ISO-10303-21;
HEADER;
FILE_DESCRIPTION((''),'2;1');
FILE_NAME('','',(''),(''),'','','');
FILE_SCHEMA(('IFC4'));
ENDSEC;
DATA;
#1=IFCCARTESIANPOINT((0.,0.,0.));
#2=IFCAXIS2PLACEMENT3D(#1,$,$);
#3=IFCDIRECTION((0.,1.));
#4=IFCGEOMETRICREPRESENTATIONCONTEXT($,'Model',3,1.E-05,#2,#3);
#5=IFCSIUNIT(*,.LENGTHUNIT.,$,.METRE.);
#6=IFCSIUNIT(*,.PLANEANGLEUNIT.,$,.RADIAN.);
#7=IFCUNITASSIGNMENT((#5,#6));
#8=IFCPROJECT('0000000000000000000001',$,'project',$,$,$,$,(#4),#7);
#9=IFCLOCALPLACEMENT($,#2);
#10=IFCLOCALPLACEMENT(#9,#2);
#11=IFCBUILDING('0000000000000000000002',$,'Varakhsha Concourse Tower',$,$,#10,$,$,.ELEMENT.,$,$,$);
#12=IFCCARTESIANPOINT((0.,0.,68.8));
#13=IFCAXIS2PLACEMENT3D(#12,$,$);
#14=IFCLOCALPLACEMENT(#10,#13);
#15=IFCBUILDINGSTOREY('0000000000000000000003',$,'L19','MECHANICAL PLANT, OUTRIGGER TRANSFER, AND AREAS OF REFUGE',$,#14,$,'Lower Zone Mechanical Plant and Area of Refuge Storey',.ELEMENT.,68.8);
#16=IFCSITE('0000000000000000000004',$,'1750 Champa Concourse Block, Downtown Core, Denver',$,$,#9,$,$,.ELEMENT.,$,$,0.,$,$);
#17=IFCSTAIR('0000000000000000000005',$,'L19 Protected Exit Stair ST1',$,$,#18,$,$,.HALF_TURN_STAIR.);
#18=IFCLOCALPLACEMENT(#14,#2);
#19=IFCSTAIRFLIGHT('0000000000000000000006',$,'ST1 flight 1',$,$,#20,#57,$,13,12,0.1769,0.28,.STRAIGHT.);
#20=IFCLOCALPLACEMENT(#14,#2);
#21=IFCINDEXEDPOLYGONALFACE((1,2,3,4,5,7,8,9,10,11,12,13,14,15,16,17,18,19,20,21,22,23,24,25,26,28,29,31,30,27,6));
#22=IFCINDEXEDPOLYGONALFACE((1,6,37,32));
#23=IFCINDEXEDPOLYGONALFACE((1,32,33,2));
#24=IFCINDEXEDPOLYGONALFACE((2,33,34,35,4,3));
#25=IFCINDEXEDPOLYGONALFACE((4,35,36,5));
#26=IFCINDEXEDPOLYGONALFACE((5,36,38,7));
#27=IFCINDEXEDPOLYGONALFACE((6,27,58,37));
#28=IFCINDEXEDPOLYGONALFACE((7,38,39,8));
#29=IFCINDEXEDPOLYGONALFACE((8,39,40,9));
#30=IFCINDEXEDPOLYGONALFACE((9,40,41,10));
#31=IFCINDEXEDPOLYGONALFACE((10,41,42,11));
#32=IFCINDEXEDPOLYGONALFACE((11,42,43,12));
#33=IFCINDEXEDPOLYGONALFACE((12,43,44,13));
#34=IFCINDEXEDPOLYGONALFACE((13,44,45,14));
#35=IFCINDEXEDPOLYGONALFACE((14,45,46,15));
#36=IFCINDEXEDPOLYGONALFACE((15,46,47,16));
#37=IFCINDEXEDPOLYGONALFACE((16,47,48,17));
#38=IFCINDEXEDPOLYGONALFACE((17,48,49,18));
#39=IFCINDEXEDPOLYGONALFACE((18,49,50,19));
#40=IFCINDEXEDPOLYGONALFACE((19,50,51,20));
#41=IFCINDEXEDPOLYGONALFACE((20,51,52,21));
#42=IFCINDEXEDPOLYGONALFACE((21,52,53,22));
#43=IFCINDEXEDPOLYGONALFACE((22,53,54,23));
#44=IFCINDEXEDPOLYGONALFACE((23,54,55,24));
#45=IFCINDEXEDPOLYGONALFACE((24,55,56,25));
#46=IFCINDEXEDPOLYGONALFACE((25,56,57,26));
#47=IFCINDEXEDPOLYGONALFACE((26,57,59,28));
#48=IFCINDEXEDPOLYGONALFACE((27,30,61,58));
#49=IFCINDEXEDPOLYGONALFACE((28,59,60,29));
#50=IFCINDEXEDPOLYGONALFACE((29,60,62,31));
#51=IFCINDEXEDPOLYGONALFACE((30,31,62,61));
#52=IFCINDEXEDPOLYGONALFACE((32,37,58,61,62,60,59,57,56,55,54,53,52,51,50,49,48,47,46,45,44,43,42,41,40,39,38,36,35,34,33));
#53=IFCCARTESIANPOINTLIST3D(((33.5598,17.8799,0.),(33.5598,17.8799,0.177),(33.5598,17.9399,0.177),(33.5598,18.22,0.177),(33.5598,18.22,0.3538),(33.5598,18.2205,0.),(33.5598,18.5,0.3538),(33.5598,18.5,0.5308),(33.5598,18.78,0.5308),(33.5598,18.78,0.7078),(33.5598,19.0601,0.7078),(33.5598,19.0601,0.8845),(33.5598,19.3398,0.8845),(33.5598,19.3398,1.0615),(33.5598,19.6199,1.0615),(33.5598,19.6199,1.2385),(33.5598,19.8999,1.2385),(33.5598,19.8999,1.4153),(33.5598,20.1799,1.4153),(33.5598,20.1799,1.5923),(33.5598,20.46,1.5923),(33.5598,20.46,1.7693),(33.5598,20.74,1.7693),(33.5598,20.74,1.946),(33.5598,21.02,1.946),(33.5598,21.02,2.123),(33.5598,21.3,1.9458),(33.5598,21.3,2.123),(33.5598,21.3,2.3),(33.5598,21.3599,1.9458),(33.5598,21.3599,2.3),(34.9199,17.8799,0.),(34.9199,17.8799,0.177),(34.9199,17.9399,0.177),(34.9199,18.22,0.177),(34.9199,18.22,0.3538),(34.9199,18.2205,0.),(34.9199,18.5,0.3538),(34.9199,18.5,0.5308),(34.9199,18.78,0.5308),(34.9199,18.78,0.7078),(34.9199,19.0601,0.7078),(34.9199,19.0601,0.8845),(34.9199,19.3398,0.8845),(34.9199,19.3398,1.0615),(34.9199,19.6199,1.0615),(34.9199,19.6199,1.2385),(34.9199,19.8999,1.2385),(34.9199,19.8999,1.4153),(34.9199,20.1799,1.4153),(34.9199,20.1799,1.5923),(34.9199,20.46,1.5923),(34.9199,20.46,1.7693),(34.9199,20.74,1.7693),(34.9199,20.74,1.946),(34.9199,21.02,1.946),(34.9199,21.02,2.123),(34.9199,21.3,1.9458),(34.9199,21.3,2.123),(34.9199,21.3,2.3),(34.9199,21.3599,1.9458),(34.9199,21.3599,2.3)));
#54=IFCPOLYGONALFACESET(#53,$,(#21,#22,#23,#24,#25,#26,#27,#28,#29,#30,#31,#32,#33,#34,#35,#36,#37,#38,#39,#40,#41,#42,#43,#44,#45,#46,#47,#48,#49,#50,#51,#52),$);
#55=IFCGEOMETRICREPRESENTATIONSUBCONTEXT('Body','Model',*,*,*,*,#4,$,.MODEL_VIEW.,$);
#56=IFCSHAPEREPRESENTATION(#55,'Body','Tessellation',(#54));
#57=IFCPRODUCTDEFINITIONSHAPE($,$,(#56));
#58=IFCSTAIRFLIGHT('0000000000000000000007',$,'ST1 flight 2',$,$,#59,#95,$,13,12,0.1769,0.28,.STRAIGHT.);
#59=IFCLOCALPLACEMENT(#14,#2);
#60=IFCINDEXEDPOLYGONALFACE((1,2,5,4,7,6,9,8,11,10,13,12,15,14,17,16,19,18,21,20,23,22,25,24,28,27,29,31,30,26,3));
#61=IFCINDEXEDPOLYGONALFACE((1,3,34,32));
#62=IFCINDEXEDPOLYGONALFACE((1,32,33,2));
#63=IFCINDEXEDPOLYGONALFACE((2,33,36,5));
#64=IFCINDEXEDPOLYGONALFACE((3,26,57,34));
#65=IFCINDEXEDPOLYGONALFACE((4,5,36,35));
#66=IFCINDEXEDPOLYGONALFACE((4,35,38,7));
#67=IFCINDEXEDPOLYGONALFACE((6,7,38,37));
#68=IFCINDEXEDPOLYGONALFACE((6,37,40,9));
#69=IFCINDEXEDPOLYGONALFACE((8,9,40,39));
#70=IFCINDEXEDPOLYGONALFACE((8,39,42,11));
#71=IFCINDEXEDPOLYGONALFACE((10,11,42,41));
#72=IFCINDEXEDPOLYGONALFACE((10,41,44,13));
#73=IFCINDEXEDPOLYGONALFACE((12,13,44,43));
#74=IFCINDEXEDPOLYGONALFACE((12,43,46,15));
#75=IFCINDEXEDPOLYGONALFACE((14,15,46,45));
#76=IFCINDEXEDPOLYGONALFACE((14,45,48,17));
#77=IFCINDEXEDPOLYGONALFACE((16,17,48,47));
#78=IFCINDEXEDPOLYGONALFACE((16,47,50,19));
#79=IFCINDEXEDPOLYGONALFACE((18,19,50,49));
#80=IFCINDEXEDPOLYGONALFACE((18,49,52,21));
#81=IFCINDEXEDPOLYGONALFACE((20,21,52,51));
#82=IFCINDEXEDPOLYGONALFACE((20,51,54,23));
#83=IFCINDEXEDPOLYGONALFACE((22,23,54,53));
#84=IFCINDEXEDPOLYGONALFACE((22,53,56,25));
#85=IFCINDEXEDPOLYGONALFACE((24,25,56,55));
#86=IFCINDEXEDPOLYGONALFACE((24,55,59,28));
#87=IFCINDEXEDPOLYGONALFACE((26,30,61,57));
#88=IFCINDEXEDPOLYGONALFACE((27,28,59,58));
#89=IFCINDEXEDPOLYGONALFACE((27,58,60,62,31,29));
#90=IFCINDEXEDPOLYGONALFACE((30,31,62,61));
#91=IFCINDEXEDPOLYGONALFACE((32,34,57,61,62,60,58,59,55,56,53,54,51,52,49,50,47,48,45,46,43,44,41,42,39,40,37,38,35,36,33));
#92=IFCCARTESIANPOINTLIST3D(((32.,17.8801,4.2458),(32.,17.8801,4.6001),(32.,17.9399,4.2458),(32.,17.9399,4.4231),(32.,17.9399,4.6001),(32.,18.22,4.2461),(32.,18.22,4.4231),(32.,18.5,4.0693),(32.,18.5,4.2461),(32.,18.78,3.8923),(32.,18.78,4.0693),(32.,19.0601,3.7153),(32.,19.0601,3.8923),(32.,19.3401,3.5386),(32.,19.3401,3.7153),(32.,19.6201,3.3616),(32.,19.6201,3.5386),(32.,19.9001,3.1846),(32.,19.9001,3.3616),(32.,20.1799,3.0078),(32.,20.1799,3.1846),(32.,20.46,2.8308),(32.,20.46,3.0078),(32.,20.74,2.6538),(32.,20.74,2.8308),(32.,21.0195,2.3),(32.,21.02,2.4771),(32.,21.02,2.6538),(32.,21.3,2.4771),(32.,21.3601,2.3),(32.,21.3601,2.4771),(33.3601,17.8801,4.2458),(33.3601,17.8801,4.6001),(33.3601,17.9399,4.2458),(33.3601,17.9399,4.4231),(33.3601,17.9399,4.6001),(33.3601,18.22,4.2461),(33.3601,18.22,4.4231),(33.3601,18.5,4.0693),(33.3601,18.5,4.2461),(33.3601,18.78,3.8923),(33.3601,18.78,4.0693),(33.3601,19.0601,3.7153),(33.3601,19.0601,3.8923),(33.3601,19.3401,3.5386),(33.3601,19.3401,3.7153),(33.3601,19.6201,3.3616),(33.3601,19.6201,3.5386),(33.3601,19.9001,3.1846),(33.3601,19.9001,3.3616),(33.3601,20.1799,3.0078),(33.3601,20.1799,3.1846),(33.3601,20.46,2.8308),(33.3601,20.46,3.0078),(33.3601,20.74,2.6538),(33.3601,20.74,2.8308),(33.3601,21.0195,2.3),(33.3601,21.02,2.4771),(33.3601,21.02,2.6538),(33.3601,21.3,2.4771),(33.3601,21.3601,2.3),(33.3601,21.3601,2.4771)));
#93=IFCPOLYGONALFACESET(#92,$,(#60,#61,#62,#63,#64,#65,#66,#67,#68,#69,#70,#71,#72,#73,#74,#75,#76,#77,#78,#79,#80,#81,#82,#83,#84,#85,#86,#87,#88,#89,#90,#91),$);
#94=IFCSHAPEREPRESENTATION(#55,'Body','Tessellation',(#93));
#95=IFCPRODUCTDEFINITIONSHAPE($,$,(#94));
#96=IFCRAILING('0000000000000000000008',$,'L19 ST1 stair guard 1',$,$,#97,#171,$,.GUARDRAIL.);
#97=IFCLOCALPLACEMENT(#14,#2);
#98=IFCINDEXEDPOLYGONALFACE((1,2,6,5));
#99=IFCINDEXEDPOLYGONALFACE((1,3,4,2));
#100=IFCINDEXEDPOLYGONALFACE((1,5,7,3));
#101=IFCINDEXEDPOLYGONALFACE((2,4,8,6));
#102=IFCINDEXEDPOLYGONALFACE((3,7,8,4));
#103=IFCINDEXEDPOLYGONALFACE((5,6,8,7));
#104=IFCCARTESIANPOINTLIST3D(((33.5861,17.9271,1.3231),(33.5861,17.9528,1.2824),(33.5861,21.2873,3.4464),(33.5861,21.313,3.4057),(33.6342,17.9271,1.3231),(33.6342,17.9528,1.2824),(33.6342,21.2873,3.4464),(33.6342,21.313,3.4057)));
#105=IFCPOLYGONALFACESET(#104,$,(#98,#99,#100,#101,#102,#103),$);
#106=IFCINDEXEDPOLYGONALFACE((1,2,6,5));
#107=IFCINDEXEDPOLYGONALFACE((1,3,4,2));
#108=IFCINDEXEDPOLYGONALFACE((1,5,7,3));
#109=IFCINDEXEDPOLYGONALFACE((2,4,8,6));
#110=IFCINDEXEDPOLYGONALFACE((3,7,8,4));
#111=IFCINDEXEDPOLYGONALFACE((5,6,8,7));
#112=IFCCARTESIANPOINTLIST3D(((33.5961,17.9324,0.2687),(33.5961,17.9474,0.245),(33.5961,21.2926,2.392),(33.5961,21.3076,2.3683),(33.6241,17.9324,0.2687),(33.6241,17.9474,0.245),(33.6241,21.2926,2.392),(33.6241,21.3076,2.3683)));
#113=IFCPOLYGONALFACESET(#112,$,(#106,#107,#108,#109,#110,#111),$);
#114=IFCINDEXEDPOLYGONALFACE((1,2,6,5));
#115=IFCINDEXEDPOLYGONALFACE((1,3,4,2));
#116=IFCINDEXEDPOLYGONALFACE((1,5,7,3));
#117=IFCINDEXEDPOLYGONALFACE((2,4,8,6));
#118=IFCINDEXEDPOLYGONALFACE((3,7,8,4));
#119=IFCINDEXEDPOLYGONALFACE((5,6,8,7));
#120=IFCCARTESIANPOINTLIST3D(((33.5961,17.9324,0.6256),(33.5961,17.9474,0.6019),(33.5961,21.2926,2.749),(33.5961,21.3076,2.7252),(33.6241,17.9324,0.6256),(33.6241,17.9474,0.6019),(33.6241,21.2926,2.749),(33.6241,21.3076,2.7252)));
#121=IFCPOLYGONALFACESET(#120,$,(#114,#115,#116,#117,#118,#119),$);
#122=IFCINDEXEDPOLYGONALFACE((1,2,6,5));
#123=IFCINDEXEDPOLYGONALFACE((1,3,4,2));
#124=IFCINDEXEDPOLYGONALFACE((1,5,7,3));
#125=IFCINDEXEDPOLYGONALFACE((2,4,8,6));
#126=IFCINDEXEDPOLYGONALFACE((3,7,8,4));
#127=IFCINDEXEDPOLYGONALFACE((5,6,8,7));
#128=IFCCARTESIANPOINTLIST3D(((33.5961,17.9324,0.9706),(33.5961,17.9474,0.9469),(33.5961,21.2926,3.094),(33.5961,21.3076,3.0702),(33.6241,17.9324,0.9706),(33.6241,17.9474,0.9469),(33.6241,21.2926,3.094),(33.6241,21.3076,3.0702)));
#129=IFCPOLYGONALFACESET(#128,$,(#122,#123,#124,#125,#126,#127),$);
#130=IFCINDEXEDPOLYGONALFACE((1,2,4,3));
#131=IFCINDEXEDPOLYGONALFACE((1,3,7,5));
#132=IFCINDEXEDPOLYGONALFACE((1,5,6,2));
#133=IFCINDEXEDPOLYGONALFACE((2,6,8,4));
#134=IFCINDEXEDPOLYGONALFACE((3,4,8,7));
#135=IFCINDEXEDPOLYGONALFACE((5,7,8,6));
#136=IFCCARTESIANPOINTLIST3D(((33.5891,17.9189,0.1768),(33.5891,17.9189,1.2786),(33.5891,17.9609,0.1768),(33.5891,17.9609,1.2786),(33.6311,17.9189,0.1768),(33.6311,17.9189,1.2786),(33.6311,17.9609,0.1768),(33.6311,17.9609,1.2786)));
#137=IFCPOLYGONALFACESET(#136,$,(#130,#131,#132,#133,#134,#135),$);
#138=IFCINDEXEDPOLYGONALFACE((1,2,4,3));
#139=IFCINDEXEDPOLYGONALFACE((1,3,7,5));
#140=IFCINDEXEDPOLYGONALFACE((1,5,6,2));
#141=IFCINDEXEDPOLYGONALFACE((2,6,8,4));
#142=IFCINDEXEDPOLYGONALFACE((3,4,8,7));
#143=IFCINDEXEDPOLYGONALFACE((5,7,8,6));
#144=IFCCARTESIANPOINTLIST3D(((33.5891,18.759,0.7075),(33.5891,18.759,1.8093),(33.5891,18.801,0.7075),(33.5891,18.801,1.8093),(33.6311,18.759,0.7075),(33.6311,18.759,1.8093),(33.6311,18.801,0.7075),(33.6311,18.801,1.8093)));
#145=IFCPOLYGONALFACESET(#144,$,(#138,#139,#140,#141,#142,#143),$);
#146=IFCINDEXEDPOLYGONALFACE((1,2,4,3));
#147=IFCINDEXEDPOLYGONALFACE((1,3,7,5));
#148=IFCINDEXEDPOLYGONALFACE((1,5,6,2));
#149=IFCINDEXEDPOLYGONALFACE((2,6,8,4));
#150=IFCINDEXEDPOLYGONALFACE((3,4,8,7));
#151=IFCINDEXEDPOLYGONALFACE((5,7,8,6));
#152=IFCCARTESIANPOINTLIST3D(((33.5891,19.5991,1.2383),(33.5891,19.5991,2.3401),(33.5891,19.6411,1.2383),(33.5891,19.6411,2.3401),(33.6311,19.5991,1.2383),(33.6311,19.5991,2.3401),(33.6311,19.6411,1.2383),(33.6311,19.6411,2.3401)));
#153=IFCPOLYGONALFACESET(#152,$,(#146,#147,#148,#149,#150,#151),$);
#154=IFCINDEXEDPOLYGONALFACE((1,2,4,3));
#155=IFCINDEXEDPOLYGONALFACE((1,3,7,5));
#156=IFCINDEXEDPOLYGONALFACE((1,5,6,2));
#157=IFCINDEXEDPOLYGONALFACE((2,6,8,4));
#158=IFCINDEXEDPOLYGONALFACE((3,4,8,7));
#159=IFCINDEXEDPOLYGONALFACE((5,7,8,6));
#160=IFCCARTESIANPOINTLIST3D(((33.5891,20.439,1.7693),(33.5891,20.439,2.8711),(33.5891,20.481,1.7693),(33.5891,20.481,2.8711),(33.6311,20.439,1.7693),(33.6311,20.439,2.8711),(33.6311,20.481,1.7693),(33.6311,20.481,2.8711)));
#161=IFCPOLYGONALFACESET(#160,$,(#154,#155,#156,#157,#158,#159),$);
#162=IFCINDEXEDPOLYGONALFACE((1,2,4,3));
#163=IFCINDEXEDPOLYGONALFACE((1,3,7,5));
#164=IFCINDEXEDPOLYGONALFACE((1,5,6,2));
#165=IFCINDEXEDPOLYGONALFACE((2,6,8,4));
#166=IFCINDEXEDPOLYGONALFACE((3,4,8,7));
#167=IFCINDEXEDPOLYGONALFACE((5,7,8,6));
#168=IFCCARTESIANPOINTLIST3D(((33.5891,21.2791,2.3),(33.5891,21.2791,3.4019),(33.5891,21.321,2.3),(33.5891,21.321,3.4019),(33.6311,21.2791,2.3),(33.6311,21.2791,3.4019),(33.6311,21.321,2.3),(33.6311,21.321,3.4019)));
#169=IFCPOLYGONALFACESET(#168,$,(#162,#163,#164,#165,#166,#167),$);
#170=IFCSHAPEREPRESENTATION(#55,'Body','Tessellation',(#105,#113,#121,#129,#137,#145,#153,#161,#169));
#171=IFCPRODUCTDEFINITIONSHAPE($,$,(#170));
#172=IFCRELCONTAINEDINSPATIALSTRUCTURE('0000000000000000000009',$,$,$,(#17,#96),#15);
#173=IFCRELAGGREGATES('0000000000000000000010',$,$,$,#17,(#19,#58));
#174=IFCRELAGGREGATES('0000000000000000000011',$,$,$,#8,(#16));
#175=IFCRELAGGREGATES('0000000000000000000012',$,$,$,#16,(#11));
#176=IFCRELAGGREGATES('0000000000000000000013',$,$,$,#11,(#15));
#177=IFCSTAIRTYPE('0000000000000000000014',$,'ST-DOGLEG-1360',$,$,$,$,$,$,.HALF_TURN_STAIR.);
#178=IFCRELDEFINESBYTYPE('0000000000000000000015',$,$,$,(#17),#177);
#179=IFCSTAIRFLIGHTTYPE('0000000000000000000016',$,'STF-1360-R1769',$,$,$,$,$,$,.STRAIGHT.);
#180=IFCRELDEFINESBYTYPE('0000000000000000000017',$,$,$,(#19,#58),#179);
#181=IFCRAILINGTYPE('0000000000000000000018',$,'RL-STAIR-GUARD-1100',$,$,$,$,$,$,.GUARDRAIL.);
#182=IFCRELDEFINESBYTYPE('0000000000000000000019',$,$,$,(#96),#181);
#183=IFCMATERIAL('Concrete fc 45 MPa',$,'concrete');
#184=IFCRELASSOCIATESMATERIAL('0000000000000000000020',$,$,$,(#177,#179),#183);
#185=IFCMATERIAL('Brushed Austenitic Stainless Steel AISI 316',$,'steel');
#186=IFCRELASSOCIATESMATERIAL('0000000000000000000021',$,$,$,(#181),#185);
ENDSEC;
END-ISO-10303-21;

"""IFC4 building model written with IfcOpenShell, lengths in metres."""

from ifc_helpers import new_model, si_unit, direction, frame, origin, origin_2d, place, context, subcontext, project, spatial, polyline, rectangle, outline, extrude, material, type_object, element, aggregate, save


model = new_model("IFC4")

# Units and contexts
model_context = context("Model", 3, precision=1e-05, world=origin(), true_north=direction((0.0, 1.0)))
body_context = subcontext(model_context, "Body", "Model", "MODEL_VIEW")
ifc_project = project(units=[si_unit("LENGTHUNIT", "METRE"), si_unit("PLANEANGLEUNIT", "RADIAN")], contexts=[model_context])

# Site, building, storey
site_placement = place(None, origin())
site = spatial("IfcSite", under=ifc_project, at=site_placement, Name="1750 Champa Concourse Block, Downtown Core, Denver", CompositionType="ELEMENT", RefElevation=0.0)
building_placement = place(site_placement, origin())
building = spatial("IfcBuilding", under=site, at=building_placement, Name="Varakhsha Concourse Tower", CompositionType="ELEMENT")
storey_placement = place(building_placement, frame((0.0, 0.0, 68.8)))
storey = spatial("IfcBuildingStorey", under=building, at=storey_placement, Name="L19", Description="MECHANICAL PLANT, OUTRIGGER TRANSFER, AND AREAS OF REFUGE", LongName="Lower Zone Mechanical Plant and Area of Refuge Storey", CompositionType="ELEMENT", Elevation=68.8)

# Shared definitions
ifc_material_1 = material(Name="Concrete fc 45 MPa", Category="concrete")

# Stair, stair flights
stair_type = type_object("IfcStairType", Name="ST-DOGLEG-1360", PredefinedType="HALF_TURN_STAIR", material=ifc_material_1)
stair_placement = place(storey_placement, origin())
stair = element("IfcStair", 1, at=stair_placement, inside=storey, type_object=stair_type, Name="L19 Protected Exit Stair ST1", PredefinedType="HALF_TURN_STAIR")
stair_flight_type = type_object("IfcStairFlightType", Name="STF-1360-R1769", PredefinedType="STRAIGHT", material=ifc_material_1)
stair_flight_1_placement = place(storey_placement, frame((34.24, 17.9399, 0.0), z_axis=(0.0, 0.0, 1.0), x_axis=(0.0, 1.0, 0.0)))
stair_flight_1 = element("IfcStairFlight", 2, at=stair_flight_1_placement, type_object=stair_flight_type, Name="ST1 flight 1", NumberOfRisers=13, NumberOfTreads=12, PredefinedType="STRAIGHT", RiserHeight=0.1769, TreadLength=0.28, context=body_context, shape_type="SweptSolid", body=[
    extrude(outline(polyline([(-0.0601, 0.0), (-0.0601, 0.177), (0.0, 0.177), (0.28, 0.177), (0.28, 0.3538), (0.5601, 0.3538), (0.5601, 0.5308), (0.8401, 0.5308), (0.8401, 0.7078), (1.1201, 0.7078), (1.1201, 0.8845), (1.3999, 0.8845), (1.3999, 1.0615), (1.6799, 1.0615), (1.6799, 1.2385), (1.96, 1.2385), (1.96, 1.4153), (2.24, 1.4153), (2.24, 1.5923), (2.52, 1.5923), (2.52, 1.7693), (2.8, 1.7693), (2.8, 1.946), (3.0801, 1.946), (3.0801, 2.123), (3.3601, 2.123), (3.3601, 2.3), (3.4199, 2.3), (3.4199, 1.9458), (3.3601, 1.9458), (0.2805, 0.0), (-0.0601, 0.0)])), frame((0.0, 0.6802, 0.0), z_axis=(0.0, -1.0, 0.0), x_axis=(1.0, 0.0, 0.0)), (0.0, 0.0, 1.0), 1.3601),
])
stair_flight_2_placement = place(storey_placement, frame((32.6799, 21.3, 2.3), z_axis=(0.0, 0.0, 1.0), x_axis=(0.0, -1.0, 0.0)))
stair_flight_2 = element("IfcStairFlight", 3, at=stair_flight_2_placement, type_object=stair_flight_type, Name="ST1 flight 2", NumberOfRisers=13, NumberOfTreads=12, PredefinedType="STRAIGHT", RiserHeight=0.1769, TreadLength=0.28, context=body_context, shape_type="SweptSolid", body=[
    extrude(outline(polyline([(-0.0601, 0.0), (-0.0601, 0.177), (0.0, 0.177), (0.28, 0.177), (0.28, 0.3538), (0.5601, 0.3538), (0.5601, 0.5308), (0.8401, 0.5308), (0.8401, 0.7078), (1.1201, 0.7078), (1.1201, 0.8845), (1.3999, 0.8845), (1.3999, 1.0615), (1.6799, 1.0615), (1.6799, 1.2385), (1.96, 1.2385), (1.96, 1.4153), (2.24, 1.4153), (2.24, 1.5923), (2.52, 1.5923), (2.52, 1.7693), (2.8, 1.7693), (2.8, 1.946), (3.0801, 1.946), (3.0801, 2.123), (3.3601, 2.123), (3.3601, 2.3), (3.4199, 2.3), (3.4199, 1.9458), (3.3601, 1.9458), (0.2805, 0.0), (-0.0601, 0.0)])), frame((0.0, 0.6802, 0.0), z_axis=(0.0, -1.0, 0.0), x_axis=(1.0, 0.0, 0.0)), (0.0, 0.0, 1.0), 1.3601),
])
aggregate(stair, [stair_flight_1, stair_flight_2])

# Railing
ifc_material_2 = material(Name="Brushed Austenitic Stainless Steel AISI 316", Category="steel")
railing_type_1 = type_object("IfcRailingType", Name="RL-STAIR-GUARD-1100", PredefinedType="GUARDRAIL", material=ifc_material_2)
railing_1_placement = place(storey_placement, frame((33.6101, 17.9399, 0.1768)))
element("IfcRailing", 4, at=railing_1_placement, inside=storey, type_object=railing_type_1, Name="L19 ST1 stair guard 1", PredefinedType="GUARDRAIL", context=body_context, shape_type="SweptSolid", body=[
    extrude(rectangle(XDim=0.0481, YDim=0.0481, at=origin_2d()), frame((0.0, 0.0, 1.126), z_axis=(0.0, 0.845362, 0.534194), x_axis=(-1.0, 0.0, 0.0)), (0.0, 0.0, 1.0), 3.9749),
    extrude(rectangle(XDim=0.0281, YDim=0.0281, at=origin_2d()), frame((0.0, 0.0, 0.0801), z_axis=(0.0, 0.845362, 0.534194), x_axis=(-1.0, 0.0, 0.0)), (0.0, 0.0, 1.0), 3.9749),
    extrude(rectangle(XDim=0.0281, YDim=0.0281, at=origin_2d()), frame((0.0, 0.0, 0.437), z_axis=(0.0, 0.845362, 0.534194), x_axis=(-1.0, 0.0, 0.0)), (0.0, 0.0, 1.0), 3.9749),
    extrude(rectangle(XDim=0.0281, YDim=0.0281, at=origin_2d()), frame((0.0, 0.0, 0.782), z_axis=(0.0, 0.845362, 0.534194), x_axis=(-1.0, 0.0, 0.0)), (0.0, 0.0, 1.0), 3.9749),
    extrude(rectangle(XDim=0.042, YDim=0.042, at=origin_2d()), origin(), (0.0, 0.0, 1.0), 1.1018),
    extrude(rectangle(XDim=0.042, YDim=0.042, at=origin_2d()), frame((0.0, 0.8401, 0.5308)), (0.0, 0.0, 1.0), 1.1018),
    extrude(rectangle(XDim=0.042, YDim=0.042, at=origin_2d()), frame((0.0, 1.6802, 1.0615)), (0.0, 0.0, 1.0), 1.1018),
    extrude(rectangle(XDim=0.042, YDim=0.042, at=origin_2d()), frame((0.0, 2.52, 1.5925)), (0.0, 0.0, 1.0), 1.1018),
    extrude(rectangle(XDim=0.042, YDim=0.042, at=origin_2d()), frame((0.0, 3.3601, 2.1233)), (0.0, 0.0, 1.0), 1.1018),
])

save(model, "model.ifc")
